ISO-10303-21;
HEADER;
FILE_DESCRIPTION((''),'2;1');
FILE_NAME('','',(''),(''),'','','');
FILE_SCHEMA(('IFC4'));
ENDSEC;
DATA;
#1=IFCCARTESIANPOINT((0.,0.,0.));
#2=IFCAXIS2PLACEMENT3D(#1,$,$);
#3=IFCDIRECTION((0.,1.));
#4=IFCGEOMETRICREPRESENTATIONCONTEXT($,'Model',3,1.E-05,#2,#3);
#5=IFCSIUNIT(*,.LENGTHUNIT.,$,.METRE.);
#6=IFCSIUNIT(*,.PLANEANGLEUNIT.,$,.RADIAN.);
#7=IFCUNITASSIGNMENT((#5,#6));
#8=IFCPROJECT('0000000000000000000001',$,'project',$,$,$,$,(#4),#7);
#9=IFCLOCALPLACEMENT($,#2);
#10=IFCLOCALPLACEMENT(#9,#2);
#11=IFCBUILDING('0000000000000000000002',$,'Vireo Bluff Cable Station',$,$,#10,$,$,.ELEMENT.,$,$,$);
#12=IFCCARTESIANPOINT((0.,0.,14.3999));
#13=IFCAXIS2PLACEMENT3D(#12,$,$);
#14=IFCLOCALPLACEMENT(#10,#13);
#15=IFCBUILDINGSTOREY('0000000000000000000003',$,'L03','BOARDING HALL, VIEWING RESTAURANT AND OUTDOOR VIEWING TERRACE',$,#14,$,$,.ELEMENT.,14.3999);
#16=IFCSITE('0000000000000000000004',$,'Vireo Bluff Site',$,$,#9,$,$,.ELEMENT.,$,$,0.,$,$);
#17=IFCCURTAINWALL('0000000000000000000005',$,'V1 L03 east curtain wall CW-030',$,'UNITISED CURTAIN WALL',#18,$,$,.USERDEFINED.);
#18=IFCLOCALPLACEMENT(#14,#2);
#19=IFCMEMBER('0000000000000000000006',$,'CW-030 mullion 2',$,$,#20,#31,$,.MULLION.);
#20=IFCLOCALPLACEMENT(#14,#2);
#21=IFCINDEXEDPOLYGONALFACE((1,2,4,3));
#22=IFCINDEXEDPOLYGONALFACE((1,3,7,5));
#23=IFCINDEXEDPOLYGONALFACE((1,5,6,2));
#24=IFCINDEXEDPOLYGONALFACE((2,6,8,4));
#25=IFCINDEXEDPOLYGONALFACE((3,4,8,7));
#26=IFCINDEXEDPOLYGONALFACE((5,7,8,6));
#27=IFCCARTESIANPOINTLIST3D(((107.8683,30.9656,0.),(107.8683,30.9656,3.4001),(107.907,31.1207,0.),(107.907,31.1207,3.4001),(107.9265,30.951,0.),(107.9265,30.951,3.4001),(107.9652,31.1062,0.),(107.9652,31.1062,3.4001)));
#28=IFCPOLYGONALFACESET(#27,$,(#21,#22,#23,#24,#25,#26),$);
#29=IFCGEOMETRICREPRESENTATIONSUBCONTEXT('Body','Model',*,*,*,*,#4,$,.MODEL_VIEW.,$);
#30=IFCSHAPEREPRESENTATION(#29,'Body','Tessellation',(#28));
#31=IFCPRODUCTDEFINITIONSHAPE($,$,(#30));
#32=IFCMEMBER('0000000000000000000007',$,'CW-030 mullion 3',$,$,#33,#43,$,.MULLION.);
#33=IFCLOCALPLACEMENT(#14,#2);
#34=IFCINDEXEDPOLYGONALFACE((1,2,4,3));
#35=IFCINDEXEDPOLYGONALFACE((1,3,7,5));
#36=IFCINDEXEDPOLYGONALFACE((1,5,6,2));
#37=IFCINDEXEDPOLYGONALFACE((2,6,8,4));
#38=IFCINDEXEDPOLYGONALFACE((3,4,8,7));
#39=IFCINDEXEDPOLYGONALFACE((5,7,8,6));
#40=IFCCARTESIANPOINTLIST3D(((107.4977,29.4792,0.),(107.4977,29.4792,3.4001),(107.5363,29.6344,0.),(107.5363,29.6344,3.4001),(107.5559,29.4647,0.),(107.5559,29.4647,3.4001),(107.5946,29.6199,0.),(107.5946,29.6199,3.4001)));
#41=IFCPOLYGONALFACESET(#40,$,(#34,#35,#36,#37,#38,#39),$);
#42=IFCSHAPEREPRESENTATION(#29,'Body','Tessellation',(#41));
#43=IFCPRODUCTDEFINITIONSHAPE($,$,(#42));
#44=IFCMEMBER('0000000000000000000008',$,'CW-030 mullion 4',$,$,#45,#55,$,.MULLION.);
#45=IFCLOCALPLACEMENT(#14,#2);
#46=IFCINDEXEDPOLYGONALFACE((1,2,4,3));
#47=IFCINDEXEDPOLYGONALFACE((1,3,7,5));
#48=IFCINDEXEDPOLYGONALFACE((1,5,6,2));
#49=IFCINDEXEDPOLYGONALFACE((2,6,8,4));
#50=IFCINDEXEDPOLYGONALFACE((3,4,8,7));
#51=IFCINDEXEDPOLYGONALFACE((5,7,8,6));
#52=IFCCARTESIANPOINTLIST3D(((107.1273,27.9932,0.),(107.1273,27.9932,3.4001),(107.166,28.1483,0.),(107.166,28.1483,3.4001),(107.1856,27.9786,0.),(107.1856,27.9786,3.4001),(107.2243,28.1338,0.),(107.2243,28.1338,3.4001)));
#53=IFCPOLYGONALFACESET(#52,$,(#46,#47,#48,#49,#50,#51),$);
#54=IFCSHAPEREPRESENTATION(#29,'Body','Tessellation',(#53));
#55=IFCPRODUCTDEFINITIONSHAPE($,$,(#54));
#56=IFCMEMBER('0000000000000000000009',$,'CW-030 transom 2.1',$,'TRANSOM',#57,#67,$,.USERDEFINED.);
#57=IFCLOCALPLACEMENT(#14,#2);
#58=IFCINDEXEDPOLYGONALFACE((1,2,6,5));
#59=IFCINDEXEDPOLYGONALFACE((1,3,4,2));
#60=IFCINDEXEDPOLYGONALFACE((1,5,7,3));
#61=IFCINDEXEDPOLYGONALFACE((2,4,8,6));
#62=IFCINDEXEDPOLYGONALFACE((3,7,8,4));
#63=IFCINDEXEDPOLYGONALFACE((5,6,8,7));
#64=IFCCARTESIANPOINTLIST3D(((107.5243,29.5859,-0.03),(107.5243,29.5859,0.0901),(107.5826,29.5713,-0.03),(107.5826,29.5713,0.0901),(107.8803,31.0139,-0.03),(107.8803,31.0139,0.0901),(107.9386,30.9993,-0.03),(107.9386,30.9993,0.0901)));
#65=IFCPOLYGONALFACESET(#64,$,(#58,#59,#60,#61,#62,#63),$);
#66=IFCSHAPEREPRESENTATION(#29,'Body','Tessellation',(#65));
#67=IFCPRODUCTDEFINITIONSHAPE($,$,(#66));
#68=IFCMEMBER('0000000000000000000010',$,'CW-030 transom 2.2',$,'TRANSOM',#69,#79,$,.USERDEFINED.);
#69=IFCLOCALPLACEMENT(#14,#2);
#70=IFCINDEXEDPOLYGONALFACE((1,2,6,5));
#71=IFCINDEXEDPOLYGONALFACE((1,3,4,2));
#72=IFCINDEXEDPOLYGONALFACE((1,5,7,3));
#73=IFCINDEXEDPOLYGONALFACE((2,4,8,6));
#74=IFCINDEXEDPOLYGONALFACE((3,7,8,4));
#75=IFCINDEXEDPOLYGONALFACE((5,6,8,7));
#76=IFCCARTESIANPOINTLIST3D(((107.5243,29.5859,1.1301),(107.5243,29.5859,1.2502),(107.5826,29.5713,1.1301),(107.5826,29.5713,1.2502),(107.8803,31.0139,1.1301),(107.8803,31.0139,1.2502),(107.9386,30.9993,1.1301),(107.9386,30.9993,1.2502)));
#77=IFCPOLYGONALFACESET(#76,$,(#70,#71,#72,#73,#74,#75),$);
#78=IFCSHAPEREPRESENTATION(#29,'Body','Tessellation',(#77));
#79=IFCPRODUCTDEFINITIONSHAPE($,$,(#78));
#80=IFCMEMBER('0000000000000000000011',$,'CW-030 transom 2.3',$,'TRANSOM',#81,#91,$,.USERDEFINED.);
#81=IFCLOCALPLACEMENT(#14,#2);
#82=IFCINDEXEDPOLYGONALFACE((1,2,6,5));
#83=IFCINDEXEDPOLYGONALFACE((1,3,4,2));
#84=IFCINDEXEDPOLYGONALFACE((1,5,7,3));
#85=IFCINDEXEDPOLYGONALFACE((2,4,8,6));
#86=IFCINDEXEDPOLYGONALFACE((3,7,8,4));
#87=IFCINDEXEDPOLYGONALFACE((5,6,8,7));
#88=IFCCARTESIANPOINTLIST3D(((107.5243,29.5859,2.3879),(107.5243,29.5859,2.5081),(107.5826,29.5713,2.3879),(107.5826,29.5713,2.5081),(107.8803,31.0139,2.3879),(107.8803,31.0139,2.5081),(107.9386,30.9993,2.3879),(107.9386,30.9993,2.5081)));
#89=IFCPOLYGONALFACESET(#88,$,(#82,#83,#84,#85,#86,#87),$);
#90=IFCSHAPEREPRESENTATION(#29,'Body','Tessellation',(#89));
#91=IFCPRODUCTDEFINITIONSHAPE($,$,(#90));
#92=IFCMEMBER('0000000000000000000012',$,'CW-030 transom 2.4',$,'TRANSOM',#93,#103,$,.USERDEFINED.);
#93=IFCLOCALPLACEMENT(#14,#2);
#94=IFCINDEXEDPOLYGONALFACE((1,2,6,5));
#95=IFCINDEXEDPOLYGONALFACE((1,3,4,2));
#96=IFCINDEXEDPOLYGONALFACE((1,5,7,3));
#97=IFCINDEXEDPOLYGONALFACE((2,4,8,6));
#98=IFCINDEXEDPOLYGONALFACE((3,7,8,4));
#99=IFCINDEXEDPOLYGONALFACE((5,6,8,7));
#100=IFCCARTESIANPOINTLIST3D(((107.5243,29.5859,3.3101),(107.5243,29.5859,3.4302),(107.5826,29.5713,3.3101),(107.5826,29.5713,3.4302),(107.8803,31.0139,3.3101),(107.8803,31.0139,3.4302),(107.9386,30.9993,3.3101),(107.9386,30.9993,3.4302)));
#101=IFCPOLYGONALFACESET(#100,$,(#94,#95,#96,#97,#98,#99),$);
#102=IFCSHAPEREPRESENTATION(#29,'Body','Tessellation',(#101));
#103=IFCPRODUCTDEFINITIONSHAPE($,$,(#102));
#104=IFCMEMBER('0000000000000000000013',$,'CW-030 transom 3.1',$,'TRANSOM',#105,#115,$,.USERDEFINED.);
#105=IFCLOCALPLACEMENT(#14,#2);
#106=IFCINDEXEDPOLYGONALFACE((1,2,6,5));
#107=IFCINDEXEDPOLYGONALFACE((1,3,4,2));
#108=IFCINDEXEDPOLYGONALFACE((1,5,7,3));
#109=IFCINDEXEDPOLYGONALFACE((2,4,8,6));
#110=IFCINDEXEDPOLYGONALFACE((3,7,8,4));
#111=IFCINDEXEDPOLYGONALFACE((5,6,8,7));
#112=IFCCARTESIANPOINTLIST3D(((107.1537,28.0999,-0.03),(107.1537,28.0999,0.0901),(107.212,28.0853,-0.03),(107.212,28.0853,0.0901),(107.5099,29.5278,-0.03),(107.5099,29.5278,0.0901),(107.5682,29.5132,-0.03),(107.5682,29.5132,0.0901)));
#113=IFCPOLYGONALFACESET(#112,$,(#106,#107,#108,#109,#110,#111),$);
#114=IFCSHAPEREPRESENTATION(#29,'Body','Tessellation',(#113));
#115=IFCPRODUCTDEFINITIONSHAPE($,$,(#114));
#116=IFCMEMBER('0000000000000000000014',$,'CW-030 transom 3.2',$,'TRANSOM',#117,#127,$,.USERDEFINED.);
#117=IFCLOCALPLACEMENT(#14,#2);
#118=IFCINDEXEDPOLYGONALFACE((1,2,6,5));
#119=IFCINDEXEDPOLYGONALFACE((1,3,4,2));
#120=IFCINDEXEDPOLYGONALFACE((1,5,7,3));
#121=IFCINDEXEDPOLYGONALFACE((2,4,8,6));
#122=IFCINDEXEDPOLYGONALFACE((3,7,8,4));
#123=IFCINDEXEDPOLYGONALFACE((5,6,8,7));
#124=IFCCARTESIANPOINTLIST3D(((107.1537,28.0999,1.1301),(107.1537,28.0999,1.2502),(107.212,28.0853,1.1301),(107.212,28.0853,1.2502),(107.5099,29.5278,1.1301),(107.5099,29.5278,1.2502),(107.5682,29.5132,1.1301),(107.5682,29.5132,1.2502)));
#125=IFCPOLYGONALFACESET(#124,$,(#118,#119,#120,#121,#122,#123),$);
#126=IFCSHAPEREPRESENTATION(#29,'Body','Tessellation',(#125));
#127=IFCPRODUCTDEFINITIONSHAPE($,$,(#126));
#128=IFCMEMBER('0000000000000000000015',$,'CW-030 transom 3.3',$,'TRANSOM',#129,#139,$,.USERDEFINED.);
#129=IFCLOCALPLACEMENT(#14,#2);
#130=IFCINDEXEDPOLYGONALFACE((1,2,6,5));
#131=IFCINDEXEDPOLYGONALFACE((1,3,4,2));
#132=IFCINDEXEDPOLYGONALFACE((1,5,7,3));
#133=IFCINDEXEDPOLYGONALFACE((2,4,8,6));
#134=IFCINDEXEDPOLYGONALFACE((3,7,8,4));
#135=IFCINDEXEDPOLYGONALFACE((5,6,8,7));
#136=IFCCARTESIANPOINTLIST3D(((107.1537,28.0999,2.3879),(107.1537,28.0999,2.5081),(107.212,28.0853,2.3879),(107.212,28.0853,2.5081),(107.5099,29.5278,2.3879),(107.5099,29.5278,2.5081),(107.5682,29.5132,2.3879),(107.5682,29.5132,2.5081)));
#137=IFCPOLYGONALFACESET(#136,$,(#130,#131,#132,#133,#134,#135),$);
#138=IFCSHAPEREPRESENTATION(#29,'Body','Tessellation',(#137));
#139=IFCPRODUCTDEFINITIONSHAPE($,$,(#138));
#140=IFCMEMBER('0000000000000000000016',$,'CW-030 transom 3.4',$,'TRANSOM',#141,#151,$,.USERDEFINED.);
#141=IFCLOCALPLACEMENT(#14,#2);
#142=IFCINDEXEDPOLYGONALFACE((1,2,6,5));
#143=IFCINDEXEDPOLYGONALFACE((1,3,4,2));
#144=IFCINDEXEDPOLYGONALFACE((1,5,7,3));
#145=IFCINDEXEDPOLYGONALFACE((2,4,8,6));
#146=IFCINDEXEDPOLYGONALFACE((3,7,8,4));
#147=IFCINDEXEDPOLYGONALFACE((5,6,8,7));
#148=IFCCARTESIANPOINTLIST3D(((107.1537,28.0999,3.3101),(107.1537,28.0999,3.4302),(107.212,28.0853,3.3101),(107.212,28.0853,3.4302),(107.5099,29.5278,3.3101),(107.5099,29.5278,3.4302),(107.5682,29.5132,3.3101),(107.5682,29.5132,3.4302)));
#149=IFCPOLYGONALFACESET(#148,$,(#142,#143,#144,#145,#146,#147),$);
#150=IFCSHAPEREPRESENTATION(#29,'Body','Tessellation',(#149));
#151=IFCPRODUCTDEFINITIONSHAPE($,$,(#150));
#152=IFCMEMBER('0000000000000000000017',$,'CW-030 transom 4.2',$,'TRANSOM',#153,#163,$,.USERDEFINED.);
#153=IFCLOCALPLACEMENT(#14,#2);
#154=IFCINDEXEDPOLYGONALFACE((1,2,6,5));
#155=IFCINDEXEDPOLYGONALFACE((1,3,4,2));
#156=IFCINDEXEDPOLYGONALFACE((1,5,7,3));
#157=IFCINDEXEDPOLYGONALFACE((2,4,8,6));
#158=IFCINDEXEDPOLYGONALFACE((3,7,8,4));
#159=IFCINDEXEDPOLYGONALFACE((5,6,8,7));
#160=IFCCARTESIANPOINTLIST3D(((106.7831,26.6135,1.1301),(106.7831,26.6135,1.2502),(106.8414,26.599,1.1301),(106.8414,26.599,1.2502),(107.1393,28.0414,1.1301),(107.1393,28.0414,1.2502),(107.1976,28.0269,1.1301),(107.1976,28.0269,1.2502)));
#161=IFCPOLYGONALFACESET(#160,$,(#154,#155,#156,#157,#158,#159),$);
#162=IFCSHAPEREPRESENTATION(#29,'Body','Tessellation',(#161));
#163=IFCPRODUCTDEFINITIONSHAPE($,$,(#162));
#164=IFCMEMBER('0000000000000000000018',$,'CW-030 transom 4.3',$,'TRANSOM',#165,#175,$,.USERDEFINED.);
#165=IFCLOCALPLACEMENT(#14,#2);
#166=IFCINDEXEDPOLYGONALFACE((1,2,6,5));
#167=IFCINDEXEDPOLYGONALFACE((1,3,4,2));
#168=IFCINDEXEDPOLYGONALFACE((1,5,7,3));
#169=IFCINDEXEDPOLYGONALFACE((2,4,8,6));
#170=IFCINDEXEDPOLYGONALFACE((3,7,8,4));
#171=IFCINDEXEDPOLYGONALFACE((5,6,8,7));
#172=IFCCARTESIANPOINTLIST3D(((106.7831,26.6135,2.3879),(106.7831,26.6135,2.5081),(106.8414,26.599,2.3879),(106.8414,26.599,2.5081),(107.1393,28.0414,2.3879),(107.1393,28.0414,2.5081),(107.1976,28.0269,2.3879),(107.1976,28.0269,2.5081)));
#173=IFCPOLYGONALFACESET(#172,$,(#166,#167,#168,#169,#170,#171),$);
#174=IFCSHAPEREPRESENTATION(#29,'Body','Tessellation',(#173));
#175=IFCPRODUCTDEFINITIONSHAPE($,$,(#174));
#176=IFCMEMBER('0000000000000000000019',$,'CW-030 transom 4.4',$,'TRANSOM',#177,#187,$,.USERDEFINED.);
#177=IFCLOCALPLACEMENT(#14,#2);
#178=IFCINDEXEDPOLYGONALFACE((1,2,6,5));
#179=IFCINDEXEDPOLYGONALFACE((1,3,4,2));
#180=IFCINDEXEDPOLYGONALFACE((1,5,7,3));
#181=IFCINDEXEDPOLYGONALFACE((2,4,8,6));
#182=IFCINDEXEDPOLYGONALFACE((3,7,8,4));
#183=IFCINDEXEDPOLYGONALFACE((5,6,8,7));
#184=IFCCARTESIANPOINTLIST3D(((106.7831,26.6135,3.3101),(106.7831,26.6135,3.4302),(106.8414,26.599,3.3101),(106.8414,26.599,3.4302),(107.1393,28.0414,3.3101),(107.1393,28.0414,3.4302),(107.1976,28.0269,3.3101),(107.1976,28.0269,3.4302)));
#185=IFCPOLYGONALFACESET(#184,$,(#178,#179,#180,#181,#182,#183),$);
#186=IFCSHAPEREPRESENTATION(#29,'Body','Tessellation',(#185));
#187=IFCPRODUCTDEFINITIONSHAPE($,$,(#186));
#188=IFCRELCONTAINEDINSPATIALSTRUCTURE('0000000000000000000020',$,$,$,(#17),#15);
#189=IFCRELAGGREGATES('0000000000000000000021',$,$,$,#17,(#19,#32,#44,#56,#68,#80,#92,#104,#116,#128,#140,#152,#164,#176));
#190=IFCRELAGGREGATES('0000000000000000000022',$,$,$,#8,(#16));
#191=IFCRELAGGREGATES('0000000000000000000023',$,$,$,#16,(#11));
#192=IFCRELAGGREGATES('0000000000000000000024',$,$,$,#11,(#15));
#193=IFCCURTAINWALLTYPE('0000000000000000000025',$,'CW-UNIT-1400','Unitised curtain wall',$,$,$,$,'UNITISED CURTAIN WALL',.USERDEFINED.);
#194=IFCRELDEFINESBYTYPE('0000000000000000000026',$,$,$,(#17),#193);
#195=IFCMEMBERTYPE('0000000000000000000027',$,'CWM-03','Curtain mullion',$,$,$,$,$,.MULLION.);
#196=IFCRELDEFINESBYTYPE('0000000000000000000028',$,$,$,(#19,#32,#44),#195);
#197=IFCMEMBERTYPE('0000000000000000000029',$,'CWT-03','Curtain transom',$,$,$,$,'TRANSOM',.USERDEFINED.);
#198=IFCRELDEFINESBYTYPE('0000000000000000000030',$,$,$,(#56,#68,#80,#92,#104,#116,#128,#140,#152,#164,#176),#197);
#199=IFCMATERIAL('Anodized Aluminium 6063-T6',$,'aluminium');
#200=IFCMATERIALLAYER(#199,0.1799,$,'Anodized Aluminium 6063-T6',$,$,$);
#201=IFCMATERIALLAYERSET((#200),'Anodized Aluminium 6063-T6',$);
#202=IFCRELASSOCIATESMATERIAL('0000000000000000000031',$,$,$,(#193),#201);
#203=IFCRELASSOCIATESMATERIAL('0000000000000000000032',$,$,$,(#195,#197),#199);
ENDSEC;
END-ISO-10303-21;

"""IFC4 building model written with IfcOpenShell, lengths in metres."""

from ifc_helpers import new_model, si_unit, direction, frame, origin, origin_2d, place, context, subcontext, project, spatial, rectangle, extrude, material, layer, layer_set, material_profile, profile_set, type_object, element, aggregate, save


model = new_model("IFC4")

# Units and contexts
model_context = context("Model", 3, precision=1e-05, world=origin(), true_north=direction((0.0, 1.0)))
body_context = subcontext(model_context, "Body", "Model", "MODEL_VIEW")
ifc_project = project(units=[si_unit("LENGTHUNIT", "METRE"), si_unit("PLANEANGLEUNIT", "RADIAN")], contexts=[model_context])

# Site, building, storey
site_placement = place(None, origin())
site = spatial("IfcSite", under=ifc_project, at=site_placement, Name="Vireo Bluff Site", CompositionType="ELEMENT", RefElevation=0.0)
building_placement = place(site_placement, origin())
building = spatial("IfcBuilding", under=site, at=building_placement, Name="Vireo Bluff Cable Station", CompositionType="ELEMENT")
storey_placement = place(building_placement, frame((0.0, 0.0, 14.3999)))
storey = spatial("IfcBuildingStorey", under=building, at=storey_placement, Name="L03", Description="BOARDING HALL, VIEWING RESTAURANT AND OUTDOOR VIEWING TERRACE", CompositionType="ELEMENT", Elevation=14.3999)

# Curtain wall, members
ifc_material_1 = material(Name="Anodized Aluminium 6063-T6", Category="aluminium")
ifc_layer_1 = layer(ifc_material_1, 0.1799, Name="Anodized Aluminium 6063-T6")
ifc_layer_set_1 = layer_set([ifc_layer_1], Name="Anodized Aluminium 6063-T6")
curtain_wall_type = type_object("IfcCurtainWallType", Name="CW-UNIT-1400", Description="Unitised curtain wall", ElementType="UNITISED CURTAIN WALL", PredefinedType="USERDEFINED", material=ifc_layer_set_1)
curtain_wall_placement = place(storey_placement, origin())
curtain_wall = element("IfcCurtainWall", 1, at=curtain_wall_placement, inside=storey, type_object=curtain_wall_type, Name="V1 L03 east curtain wall CW-030", ObjectType="UNITISED CURTAIN WALL", PredefinedType="USERDEFINED")
ifc_material_profile_1 = material_profile(ifc_material_1, rectangle(XDim=0.0601, YDim=0.1599, at=origin_2d()), Name="ALU-M-60X160")
ifc_profile_set_1 = profile_set([ifc_material_profile_1], Name="Anodized Aluminium 6063-T6")
member_type_1 = type_object("IfcMemberType", Name="CWM-03", Description="Curtain mullion", PredefinedType="MULLION", material=ifc_profile_set_1)
member_1_placement = place(storey_placement, frame((107.9167, 31.0359, 0.0), z_axis=(0.0, 0.0, 1.0), x_axis=(0.970296, -0.241922, 0.0)))
member_1 = element("IfcMember", 2, at=member_1_placement, type_object=member_type_1, Name="CW-030 mullion 2", PredefinedType="MULLION", context=body_context, shape_type="SweptSolid", body=[
    extrude(rectangle(XDim=0.0601, YDim=0.1599, at=origin_2d()), origin(), (0.0, 0.0, 1.0), 3.4001),
])
member_2_placement = place(storey_placement, frame((107.5461, 29.5496, 0.0), z_axis=(0.0, 0.0, 1.0), x_axis=(0.970296, -0.241922, 0.0)))
member_2 = element("IfcMember", 3, at=member_2_placement, type_object=member_type_1, Name="CW-030 mullion 3", PredefinedType="MULLION", context=body_context, shape_type="SweptSolid", body=[
    extrude(rectangle(XDim=0.0601, YDim=0.1599, at=origin_2d()), origin(), (0.0, 0.0, 1.0), 3.4001),
])
member_3_placement = place(storey_placement, frame((107.1758, 28.0635, 0.0), z_axis=(0.0, 0.0, 1.0), x_axis=(0.970296, -0.241922, 0.0)))
member_3 = element("IfcMember", 4, at=member_3_placement, type_object=member_type_1, Name="CW-030 mullion 4", PredefinedType="MULLION", context=body_context, shape_type="SweptSolid", body=[
    extrude(rectangle(XDim=0.0601, YDim=0.1599, at=origin_2d()), origin(), (0.0, 0.0, 1.0), 3.4001),
])
ifc_material_profile_2 = material_profile(ifc_material_1, rectangle(XDim=0.0601, YDim=0.1201, at=origin_2d()), Name="ALU-T-60X120")
ifc_profile_set_2 = profile_set([ifc_material_profile_2], Name="Anodized Aluminium 6063-T6")
member_type_2 = type_object("IfcMemberType", Name="CWT-03", Description="Curtain transom", ElementType="TRANSOM", PredefinedType="USERDEFINED", material=ifc_profile_set_2)
member_4_placement = place(storey_placement, frame((107.9094, 31.0066, 0.03), z_axis=(-0.241872, -0.970308, 0.0), x_axis=(0.970308, -0.241872, 0.0)))
member_4 = element("IfcMember", 5, at=member_4_placement, type_object=member_type_2, Name="CW-030 transom 2.1", ObjectType="TRANSOM", PredefinedType="USERDEFINED", context=body_context, shape_type="SweptSolid", body=[
    extrude(rectangle(XDim=0.0601, YDim=0.1201, at=origin_2d()), origin(), (0.0, 0.0, 1.0), 1.4717),
])
member_5_placement = place(storey_placement, frame((107.9094, 31.0066, 1.1902), z_axis=(-0.241872, -0.970308, 0.0), x_axis=(0.970308, -0.241872, 0.0)))
member_5 = element("IfcMember", 6, at=member_5_placement, type_object=member_type_2, Name="CW-030 transom 2.2", ObjectType="TRANSOM", PredefinedType="USERDEFINED", context=body_context, shape_type="SweptSolid", body=[
    extrude(rectangle(XDim=0.0601, YDim=0.1201, at=origin_2d()), origin(), (0.0, 0.0, 1.0), 1.4717),
])
member_6_placement = place(storey_placement, frame((107.9094, 31.0066, 2.448), z_axis=(-0.241872, -0.970308, 0.0), x_axis=(0.970308, -0.241872, 0.0)))
member_6 = element("IfcMember", 7, at=member_6_placement, type_object=member_type_2, Name="CW-030 transom 2.3", ObjectType="TRANSOM", PredefinedType="USERDEFINED", context=body_context, shape_type="SweptSolid", body=[
    extrude(rectangle(XDim=0.0601, YDim=0.1201, at=origin_2d()), origin(), (0.0, 0.0, 1.0), 1.4717),
])
member_7_placement = place(storey_placement, frame((107.9094, 31.0066, 3.3701), z_axis=(-0.241872, -0.970308, 0.0), x_axis=(0.970308, -0.241872, 0.0)))
member_7 = element("IfcMember", 8, at=member_7_placement, type_object=member_type_2, Name="CW-030 transom 2.4", ObjectType="TRANSOM", PredefinedType="USERDEFINED", context=body_context, shape_type="SweptSolid", body=[
    extrude(rectangle(XDim=0.0601, YDim=0.1201, at=origin_2d()), origin(), (0.0, 0.0, 1.0), 1.4717),
])
member_8_placement = place(storey_placement, frame((107.5391, 29.5205, 0.03), z_axis=(-0.242028, -0.970269, 0.0), x_axis=(0.970269, -0.242028, 0.0)))
member_8 = element("IfcMember", 9, at=member_8_placement, type_object=member_type_2, Name="CW-030 transom 3.1", ObjectType="TRANSOM", PredefinedType="USERDEFINED", context=body_context, shape_type="SweptSolid", body=[
    extrude(rectangle(XDim=0.0601, YDim=0.1201, at=origin_2d()), origin(), (0.0, 0.0, 1.0), 1.4717),
])
member_9_placement = place(storey_placement, frame((107.5391, 29.5205, 1.1902), z_axis=(-0.242028, -0.970269, 0.0), x_axis=(0.970269, -0.242028, 0.0)))
member_9 = element("IfcMember", 10, at=member_9_placement, type_object=member_type_2, Name="CW-030 transom 3.2", ObjectType="TRANSOM", PredefinedType="USERDEFINED", context=body_context, shape_type="SweptSolid", body=[
    extrude(rectangle(XDim=0.0601, YDim=0.1201, at=origin_2d()), origin(), (0.0, 0.0, 1.0), 1.4717),
])
member_10_placement = place(storey_placement, frame((107.5391, 29.5205, 2.448), z_axis=(-0.242028, -0.970269, 0.0), x_axis=(0.970269, -0.242028, 0.0)))
member_10 = element("IfcMember", 11, at=member_10_placement, type_object=member_type_2, Name="CW-030 transom 3.3", ObjectType="TRANSOM", PredefinedType="USERDEFINED", context=body_context, shape_type="SweptSolid", body=[
    extrude(rectangle(XDim=0.0601, YDim=0.1201, at=origin_2d()), origin(), (0.0, 0.0, 1.0), 1.4717),
])
member_11_placement = place(storey_placement, frame((107.5391, 29.5205, 3.3701), z_axis=(-0.242028, -0.970269, 0.0), x_axis=(0.970269, -0.242028, 0.0)))
member_11 = element("IfcMember", 12, at=member_11_placement, type_object=member_type_2, Name="CW-030 transom 3.4", ObjectType="TRANSOM", PredefinedType="USERDEFINED", context=body_context, shape_type="SweptSolid", body=[
    extrude(rectangle(XDim=0.0601, YDim=0.1201, at=origin_2d()), origin(), (0.0, 0.0, 1.0), 1.4717),
])
member_12_placement = place(storey_placement, frame((107.1685, 28.0342, 1.1902), z_axis=(-0.242028, -0.970269, 0.0), x_axis=(0.970269, -0.242028, 0.0)))
member_12 = element("IfcMember", 13, at=member_12_placement, type_object=member_type_2, Name="CW-030 transom 4.2", ObjectType="TRANSOM", PredefinedType="USERDEFINED", context=body_context, shape_type="SweptSolid", body=[
    extrude(rectangle(XDim=0.0601, YDim=0.1201, at=origin_2d()), origin(), (0.0, 0.0, 1.0), 1.4717),
])
member_13_placement = place(storey_placement, frame((107.1685, 28.0342, 2.448), z_axis=(-0.242028, -0.970269, 0.0), x_axis=(0.970269, -0.242028, 0.0)))
member_13 = element("IfcMember", 14, at=member_13_placement, type_object=member_type_2, Name="CW-030 transom 4.3", ObjectType="TRANSOM", PredefinedType="USERDEFINED", context=body_context, shape_type="SweptSolid", body=[
    extrude(rectangle(XDim=0.0601, YDim=0.1201, at=origin_2d()), origin(), (0.0, 0.0, 1.0), 1.4717),
])
member_14_placement = place(storey_placement, frame((107.1685, 28.0342, 3.3701), z_axis=(-0.242028, -0.970269, 0.0), x_axis=(0.970269, -0.242028, 0.0)))
member_14 = element("IfcMember", 15, at=member_14_placement, type_object=member_type_2, Name="CW-030 transom 4.4", ObjectType="TRANSOM", PredefinedType="USERDEFINED", context=body_context, shape_type="SweptSolid", body=[
    extrude(rectangle(XDim=0.0601, YDim=0.1201, at=origin_2d()), origin(), (0.0, 0.0, 1.0), 1.4717),
])
aggregate(curtain_wall, [member_1, member_2, member_3, member_4, member_5, member_6, member_7, member_8, member_9, member_10, member_11, member_12, member_13, member_14])

save(model, "model.ifc")
